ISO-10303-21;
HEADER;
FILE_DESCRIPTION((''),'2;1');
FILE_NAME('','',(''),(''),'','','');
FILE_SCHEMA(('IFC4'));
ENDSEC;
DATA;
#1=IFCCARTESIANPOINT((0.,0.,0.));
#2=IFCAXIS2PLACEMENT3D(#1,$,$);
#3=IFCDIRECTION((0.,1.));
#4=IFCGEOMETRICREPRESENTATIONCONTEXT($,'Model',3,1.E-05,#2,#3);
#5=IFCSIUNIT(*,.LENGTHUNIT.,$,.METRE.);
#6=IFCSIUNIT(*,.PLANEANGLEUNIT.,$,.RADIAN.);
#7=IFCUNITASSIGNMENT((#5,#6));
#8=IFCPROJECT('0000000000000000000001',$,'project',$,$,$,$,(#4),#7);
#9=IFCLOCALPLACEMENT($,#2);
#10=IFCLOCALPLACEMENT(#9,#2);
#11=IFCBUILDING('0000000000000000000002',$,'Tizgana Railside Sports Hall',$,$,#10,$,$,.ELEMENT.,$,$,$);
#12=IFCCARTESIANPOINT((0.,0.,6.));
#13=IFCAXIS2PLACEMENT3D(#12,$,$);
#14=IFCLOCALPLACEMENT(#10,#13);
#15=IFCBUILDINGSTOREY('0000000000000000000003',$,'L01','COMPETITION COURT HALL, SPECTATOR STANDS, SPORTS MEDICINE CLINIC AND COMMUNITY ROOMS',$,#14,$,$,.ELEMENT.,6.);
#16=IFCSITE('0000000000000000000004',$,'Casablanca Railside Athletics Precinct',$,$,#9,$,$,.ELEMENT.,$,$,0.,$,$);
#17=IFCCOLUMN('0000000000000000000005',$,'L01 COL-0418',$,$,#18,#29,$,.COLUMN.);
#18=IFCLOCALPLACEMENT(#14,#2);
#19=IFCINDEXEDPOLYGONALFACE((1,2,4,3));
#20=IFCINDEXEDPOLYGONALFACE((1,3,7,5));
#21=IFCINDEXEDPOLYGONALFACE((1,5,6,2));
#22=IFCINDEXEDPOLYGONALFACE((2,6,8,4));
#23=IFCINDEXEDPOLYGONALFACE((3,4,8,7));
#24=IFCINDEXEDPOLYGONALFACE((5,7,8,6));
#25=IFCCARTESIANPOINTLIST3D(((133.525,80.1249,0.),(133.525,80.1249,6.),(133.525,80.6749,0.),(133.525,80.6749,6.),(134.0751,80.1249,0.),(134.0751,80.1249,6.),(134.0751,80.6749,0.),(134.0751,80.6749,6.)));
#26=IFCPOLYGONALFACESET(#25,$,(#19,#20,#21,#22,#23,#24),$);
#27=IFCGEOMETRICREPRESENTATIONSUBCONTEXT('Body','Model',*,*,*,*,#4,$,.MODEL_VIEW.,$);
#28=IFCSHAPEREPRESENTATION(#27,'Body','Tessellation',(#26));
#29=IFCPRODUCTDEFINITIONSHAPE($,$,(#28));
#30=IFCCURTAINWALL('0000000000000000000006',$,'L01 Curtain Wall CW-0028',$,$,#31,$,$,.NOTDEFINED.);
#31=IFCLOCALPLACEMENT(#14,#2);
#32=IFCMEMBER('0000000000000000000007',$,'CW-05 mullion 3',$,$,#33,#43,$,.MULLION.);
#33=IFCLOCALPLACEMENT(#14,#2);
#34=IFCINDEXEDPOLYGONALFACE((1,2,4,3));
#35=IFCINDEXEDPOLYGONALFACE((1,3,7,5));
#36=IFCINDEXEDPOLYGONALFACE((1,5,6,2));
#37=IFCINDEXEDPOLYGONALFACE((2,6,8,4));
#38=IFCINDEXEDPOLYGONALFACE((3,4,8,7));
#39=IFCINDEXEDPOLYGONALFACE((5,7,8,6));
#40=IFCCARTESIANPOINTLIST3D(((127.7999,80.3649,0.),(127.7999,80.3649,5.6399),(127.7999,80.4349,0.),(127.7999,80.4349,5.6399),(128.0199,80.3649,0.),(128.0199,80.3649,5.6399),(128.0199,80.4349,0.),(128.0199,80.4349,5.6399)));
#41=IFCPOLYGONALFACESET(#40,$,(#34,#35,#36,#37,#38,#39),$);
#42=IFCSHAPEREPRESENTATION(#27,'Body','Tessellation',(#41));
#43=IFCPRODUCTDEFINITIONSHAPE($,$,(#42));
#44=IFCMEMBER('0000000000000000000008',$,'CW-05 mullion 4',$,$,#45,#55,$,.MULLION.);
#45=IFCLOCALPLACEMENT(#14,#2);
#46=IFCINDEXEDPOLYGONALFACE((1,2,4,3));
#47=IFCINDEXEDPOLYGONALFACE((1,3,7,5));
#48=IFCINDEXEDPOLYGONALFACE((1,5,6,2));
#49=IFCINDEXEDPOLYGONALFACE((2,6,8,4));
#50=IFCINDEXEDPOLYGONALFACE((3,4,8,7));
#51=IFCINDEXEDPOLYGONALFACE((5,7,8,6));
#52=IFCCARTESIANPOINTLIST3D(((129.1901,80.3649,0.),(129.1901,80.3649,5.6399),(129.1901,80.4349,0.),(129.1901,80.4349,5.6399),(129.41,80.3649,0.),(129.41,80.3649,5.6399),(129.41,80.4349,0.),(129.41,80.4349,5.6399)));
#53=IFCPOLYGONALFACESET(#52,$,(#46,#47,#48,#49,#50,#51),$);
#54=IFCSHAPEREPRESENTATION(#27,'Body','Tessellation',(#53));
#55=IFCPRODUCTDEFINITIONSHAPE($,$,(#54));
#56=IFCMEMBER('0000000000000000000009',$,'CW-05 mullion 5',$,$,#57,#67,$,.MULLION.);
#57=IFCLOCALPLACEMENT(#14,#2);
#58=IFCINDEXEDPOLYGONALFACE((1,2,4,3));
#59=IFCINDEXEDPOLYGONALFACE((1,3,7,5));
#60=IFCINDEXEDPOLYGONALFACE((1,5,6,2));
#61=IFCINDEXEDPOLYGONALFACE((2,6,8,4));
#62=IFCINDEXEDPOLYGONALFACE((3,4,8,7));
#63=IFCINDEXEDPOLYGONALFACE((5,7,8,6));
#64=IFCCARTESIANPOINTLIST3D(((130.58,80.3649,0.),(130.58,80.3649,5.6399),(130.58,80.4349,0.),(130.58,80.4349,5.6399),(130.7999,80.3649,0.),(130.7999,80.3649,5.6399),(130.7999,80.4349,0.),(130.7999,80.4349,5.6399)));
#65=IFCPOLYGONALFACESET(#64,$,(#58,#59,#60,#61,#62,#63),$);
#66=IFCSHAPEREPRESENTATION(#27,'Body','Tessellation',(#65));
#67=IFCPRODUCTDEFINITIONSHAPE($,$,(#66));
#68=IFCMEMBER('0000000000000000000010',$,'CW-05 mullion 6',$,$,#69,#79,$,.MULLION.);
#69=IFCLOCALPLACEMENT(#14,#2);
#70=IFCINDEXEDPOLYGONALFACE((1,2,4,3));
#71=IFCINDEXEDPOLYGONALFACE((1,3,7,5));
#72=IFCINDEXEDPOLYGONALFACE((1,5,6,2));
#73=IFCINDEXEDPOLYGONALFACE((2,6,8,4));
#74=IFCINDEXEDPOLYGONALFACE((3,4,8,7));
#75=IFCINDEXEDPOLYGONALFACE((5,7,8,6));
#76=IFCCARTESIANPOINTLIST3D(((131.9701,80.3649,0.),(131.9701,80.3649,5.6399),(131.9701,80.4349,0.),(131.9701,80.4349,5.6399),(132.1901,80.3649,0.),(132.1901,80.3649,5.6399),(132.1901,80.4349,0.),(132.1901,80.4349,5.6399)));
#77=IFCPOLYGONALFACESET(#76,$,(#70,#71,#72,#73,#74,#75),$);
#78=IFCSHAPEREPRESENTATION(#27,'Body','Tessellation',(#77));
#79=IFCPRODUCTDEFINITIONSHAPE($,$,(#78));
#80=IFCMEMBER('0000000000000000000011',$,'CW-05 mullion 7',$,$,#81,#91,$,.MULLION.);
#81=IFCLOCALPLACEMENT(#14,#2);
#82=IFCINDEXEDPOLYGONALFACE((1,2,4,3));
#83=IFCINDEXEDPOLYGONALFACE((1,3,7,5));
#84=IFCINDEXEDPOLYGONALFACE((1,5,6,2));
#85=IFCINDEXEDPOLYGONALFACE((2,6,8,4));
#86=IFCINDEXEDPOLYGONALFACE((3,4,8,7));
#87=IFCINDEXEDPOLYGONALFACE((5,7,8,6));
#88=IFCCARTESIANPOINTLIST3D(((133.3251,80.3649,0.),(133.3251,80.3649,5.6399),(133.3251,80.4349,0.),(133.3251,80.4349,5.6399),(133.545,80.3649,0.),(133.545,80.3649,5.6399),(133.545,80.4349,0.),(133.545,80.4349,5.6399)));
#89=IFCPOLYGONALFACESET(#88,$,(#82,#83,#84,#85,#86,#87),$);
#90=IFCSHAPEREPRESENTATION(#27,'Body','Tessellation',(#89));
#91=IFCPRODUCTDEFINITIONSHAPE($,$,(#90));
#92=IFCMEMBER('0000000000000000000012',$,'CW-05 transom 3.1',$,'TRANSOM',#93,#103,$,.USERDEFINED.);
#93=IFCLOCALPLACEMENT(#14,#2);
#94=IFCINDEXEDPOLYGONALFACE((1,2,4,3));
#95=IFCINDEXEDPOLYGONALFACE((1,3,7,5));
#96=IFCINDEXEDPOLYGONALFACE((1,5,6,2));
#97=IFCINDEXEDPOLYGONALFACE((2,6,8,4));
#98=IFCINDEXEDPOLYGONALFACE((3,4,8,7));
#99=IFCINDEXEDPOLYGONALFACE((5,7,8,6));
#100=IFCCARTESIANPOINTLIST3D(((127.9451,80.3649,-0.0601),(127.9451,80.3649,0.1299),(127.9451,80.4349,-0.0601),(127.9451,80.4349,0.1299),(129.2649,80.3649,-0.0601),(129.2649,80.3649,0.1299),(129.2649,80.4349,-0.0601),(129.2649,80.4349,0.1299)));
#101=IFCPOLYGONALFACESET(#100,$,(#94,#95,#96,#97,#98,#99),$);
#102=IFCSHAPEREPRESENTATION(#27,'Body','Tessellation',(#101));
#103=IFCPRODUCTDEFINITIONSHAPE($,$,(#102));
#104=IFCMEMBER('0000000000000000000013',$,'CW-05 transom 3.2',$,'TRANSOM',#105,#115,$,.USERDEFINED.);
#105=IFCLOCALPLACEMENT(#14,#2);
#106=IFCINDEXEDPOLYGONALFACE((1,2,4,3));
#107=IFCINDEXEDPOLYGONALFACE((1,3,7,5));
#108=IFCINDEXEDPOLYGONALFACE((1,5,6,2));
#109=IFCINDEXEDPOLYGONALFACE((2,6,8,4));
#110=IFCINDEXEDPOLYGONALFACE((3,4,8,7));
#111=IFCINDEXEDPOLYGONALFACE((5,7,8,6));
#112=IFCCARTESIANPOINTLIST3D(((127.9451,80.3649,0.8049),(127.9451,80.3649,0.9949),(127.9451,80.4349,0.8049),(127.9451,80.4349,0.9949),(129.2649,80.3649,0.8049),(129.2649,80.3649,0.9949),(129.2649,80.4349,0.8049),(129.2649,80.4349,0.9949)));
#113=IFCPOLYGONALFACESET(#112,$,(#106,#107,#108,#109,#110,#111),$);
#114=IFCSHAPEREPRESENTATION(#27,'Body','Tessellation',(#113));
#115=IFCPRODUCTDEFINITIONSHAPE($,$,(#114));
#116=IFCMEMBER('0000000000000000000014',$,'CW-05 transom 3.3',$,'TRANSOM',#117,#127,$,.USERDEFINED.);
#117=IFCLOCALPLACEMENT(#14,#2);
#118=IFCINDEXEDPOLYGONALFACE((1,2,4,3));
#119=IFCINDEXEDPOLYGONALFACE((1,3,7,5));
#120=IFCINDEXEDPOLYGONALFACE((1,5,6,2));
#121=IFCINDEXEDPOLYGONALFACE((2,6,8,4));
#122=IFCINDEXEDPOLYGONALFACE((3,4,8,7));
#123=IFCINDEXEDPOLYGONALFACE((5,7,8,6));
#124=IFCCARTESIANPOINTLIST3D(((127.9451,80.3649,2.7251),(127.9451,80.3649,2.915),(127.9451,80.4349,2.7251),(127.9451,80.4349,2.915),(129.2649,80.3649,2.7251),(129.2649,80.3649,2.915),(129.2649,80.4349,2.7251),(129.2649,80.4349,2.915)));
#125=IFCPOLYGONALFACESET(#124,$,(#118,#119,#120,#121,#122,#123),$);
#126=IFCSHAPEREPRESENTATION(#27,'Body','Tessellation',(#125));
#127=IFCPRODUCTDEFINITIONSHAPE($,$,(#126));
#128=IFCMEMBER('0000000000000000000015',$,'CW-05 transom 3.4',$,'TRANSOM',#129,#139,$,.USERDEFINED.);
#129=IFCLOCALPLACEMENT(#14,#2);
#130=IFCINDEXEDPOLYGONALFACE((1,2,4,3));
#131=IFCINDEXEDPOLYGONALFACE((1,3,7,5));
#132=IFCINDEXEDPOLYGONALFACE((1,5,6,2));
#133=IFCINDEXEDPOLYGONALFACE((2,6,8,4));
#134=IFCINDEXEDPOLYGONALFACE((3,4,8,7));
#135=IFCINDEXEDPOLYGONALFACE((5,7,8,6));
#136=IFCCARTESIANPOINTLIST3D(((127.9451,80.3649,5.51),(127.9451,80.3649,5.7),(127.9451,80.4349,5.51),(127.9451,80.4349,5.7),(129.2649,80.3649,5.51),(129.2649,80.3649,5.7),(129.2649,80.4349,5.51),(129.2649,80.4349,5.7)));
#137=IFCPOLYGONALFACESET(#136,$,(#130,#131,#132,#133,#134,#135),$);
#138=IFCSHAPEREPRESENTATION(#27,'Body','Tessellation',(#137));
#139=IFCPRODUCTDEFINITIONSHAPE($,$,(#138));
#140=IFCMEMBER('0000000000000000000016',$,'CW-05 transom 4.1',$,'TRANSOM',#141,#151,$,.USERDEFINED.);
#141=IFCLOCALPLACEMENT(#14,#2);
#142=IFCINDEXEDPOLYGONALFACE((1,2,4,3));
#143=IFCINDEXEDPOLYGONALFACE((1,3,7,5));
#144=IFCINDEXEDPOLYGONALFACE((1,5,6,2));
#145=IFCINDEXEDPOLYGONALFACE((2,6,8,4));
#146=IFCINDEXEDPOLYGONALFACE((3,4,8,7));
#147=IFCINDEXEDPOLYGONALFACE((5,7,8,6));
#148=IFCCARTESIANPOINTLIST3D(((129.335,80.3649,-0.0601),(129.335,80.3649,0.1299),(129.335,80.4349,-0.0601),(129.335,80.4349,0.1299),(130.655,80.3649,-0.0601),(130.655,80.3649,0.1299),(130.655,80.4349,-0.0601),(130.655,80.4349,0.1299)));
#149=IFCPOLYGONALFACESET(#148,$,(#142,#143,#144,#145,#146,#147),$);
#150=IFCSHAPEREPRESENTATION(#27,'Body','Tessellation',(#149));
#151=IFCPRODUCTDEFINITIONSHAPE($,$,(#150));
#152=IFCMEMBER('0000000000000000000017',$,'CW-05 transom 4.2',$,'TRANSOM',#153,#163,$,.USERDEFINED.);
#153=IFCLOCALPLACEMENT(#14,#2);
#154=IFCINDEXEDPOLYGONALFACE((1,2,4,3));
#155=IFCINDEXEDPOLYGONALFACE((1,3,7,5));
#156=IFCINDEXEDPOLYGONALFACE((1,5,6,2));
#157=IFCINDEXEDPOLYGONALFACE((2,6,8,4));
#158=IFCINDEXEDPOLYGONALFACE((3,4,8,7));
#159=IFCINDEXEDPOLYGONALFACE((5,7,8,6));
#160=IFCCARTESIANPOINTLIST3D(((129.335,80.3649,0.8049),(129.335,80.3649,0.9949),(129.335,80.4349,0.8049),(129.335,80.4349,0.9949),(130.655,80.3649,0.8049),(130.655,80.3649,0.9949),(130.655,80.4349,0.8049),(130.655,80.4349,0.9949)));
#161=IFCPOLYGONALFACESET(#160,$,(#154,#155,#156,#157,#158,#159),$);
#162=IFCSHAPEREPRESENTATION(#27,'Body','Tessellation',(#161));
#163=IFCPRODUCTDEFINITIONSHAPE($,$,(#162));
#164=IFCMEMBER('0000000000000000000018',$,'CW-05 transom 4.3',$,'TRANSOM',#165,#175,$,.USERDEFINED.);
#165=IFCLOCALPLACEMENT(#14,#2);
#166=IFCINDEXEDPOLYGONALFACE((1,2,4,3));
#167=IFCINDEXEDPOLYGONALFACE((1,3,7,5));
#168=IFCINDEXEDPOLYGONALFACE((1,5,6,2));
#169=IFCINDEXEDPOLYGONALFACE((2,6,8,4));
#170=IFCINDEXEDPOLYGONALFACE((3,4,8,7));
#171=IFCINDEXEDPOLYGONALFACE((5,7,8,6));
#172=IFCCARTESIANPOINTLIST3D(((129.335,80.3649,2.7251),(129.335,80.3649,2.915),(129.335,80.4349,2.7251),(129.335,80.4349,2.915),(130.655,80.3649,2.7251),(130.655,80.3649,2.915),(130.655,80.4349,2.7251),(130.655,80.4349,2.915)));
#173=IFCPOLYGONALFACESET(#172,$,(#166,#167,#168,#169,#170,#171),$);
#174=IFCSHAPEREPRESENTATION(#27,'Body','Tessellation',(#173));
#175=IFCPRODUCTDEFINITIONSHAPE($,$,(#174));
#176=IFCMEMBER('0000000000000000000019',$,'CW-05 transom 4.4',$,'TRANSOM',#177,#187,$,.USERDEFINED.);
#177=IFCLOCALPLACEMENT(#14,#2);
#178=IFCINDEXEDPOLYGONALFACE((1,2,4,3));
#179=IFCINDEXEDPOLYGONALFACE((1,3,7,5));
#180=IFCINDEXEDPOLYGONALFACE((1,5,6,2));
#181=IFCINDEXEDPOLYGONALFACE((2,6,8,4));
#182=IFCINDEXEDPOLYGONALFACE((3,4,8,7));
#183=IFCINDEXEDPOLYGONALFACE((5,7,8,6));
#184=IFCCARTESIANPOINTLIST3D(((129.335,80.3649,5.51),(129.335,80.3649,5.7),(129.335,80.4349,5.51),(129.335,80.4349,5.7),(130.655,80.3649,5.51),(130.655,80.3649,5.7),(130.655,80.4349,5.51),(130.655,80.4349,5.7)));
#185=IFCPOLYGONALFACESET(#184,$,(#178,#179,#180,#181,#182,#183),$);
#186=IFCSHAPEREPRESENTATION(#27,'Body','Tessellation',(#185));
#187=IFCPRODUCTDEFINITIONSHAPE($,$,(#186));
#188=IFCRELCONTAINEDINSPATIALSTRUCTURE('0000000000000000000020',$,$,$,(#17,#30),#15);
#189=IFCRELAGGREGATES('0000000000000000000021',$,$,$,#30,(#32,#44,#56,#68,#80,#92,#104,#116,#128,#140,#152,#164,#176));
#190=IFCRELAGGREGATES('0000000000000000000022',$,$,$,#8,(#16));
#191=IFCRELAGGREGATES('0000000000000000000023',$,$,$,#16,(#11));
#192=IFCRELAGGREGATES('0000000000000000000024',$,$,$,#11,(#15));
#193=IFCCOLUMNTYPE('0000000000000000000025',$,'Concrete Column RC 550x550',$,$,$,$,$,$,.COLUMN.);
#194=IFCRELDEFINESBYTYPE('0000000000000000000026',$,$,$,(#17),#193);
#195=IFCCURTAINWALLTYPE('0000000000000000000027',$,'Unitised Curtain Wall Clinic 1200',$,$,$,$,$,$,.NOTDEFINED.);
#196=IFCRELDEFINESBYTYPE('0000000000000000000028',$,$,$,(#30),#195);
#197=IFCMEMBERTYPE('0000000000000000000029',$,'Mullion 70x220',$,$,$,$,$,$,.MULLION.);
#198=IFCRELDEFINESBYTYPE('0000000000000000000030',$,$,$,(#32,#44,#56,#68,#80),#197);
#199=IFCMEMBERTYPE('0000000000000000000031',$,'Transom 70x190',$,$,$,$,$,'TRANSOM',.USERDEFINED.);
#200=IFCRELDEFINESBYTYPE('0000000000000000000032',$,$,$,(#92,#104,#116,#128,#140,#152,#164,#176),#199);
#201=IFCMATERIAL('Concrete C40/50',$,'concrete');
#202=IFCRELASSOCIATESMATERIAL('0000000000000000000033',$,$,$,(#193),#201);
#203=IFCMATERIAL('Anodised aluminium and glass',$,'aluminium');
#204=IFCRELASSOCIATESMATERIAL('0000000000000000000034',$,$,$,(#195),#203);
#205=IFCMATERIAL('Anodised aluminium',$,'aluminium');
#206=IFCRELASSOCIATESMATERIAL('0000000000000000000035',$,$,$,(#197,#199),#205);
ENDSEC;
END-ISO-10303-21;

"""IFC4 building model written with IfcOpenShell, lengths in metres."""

from ifc_helpers import new_model, si_unit, direction, frame, origin, origin_2d, place, context, subcontext, project, spatial, rectangle, extrude, material, material_profile, profile_set, type_object, element, aggregate, save


model = new_model("IFC4")

# Units and contexts
model_context = context("Model", 3, precision=1e-05, world=origin(), true_north=direction((0.0, 1.0)))
body_context = subcontext(model_context, "Body", "Model", "MODEL_VIEW")
ifc_project = project(units=[si_unit("LENGTHUNIT", "METRE"), si_unit("PLANEANGLEUNIT", "RADIAN")], contexts=[model_context])

# Site, building, storey
site_placement = place(None, origin())
site = spatial("IfcSite", under=ifc_project, at=site_placement, Name="Casablanca Railside Athletics Precinct", CompositionType="ELEMENT", RefElevation=0.0)
building_placement = place(site_placement, origin())
building = spatial("IfcBuilding", under=site, at=building_placement, Name="Tizgana Railside Sports Hall", CompositionType="ELEMENT")
storey_placement = place(building_placement, frame((0.0, 0.0, 6.0)))
storey = spatial("IfcBuildingStorey", under=building, at=storey_placement, Name="L01", Description="COMPETITION COURT HALL, SPECTATOR STANDS, SPORTS MEDICINE CLINIC AND COMMUNITY ROOMS", CompositionType="ELEMENT", Elevation=6.0)

# Column
ifc_material_1 = material(Name="Concrete C40/50", Category="concrete")
ifc_material_profile_1 = material_profile(ifc_material_1, rectangle(XDim=0.55, YDim=0.55, at=origin_2d()), Name="RC 550x550")
ifc_profile_set_1 = profile_set([ifc_material_profile_1], Name="Concrete C40/50")
column_type = type_object("IfcColumnType", Name="Concrete Column RC 550x550", PredefinedType="COLUMN", material=ifc_profile_set_1)
column_placement = place(storey_placement, frame((133.8, 80.3999, 0.0), z_axis=(0.0, 0.0, 1.0), x_axis=(1.0, 0.0, 0.0)))
element("IfcColumn", 1, at=column_placement, inside=storey, type_object=column_type, Name="L01 COL-0418", PredefinedType="COLUMN", context=body_context, shape_type="SweptSolid", body=[
    extrude(rectangle(XDim=0.55, YDim=0.55, at=origin_2d()), origin(), (0.0, 0.0, 1.0), 6.0),
])

# Curtain wall, members
ifc_material_2 = material(Name="Anodised aluminium and glass", Category="aluminium")
curtain_wall_type = type_object("IfcCurtainWallType", Name="Unitised Curtain Wall Clinic 1200", PredefinedType="NOTDEFINED", material=ifc_material_2)
curtain_wall_placement = place(storey_placement, origin())
curtain_wall = element("IfcCurtainWall", 2, at=curtain_wall_placement, inside=storey, type_object=curtain_wall_type, Name="L01 Curtain Wall CW-0028", PredefinedType="NOTDEFINED")
ifc_material_3 = material(Name="Anodised aluminium", Category="aluminium")
ifc_material_profile_2 = material_profile(ifc_material_3, rectangle(XDim=0.0701, YDim=0.22, at=origin_2d()), Name="Mullion 70x220")
ifc_profile_set_2 = profile_set([ifc_material_profile_2], Name="Anodised aluminium")
member_type_1 = type_object("IfcMemberType", Name="Mullion 70x220", PredefinedType="MULLION", material=ifc_profile_set_2)
member_1_placement = place(storey_placement, frame((127.9099, 80.3999, 0.0), z_axis=(0.0, 0.0, 1.0), x_axis=(0.0, 1.0, 0.0)))
member_1 = element("IfcMember", 3, at=member_1_placement, type_object=member_type_1, Name="CW-05 mullion 3", PredefinedType="MULLION", context=body_context, shape_type="SweptSolid", body=[
    extrude(rectangle(XDim=0.0701, YDim=0.22, at=origin_2d()), origin(), (0.0, 0.0, 1.0), 5.6399),
])
member_2_placement = place(storey_placement, frame((129.3, 80.3999, 0.0), z_axis=(0.0, 0.0, 1.0), x_axis=(0.0, 1.0, 0.0)))
member_2 = element("IfcMember", 4, at=member_2_placement, type_object=member_type_1, Name="CW-05 mullion 4", PredefinedType="MULLION", context=body_context, shape_type="SweptSolid", body=[
    extrude(rectangle(XDim=0.0701, YDim=0.22, at=origin_2d()), origin(), (0.0, 0.0, 1.0), 5.6399),
])
member_3_placement = place(storey_placement, frame((130.6899, 80.3999, 0.0), z_axis=(0.0, 0.0, 1.0), x_axis=(0.0, 1.0, 0.0)))
member_3 = element("IfcMember", 5, at=member_3_placement, type_object=member_type_1, Name="CW-05 mullion 5", PredefinedType="MULLION", context=body_context, shape_type="SweptSolid", body=[
    extrude(rectangle(XDim=0.0701, YDim=0.22, at=origin_2d()), origin(), (0.0, 0.0, 1.0), 5.6399),
])
member_4_placement = place(storey_placement, frame((132.0801, 80.3999, 0.0), z_axis=(0.0, 0.0, 1.0), x_axis=(0.0, 1.0, 0.0)))
member_4 = element("IfcMember", 6, at=member_4_placement, type_object=member_type_1, Name="CW-05 mullion 6", PredefinedType="MULLION", context=body_context, shape_type="SweptSolid", body=[
    extrude(rectangle(XDim=0.0701, YDim=0.22, at=origin_2d()), origin(), (0.0, 0.0, 1.0), 5.6399),
])
member_5_placement = place(storey_placement, frame((133.4351, 80.3999, 0.0), z_axis=(0.0, 0.0, 1.0), x_axis=(0.0, 1.0, 0.0)))
member_5 = element("IfcMember", 7, at=member_5_placement, type_object=member_type_1, Name="CW-05 mullion 7", PredefinedType="MULLION", context=body_context, shape_type="SweptSolid", body=[
    extrude(rectangle(XDim=0.0701, YDim=0.22, at=origin_2d()), origin(), (0.0, 0.0, 1.0), 5.6399),
])
ifc_material_profile_3 = material_profile(ifc_material_3, rectangle(XDim=0.0701, YDim=0.1899, at=origin_2d()), Name="Transom 70x190")
ifc_profile_set_3 = profile_set([ifc_material_profile_3], Name="Anodised aluminium")
member_type_2 = type_object("IfcMemberType", Name="Transom 70x190", ElementType="TRANSOM", PredefinedType="USERDEFINED", material=ifc_profile_set_3)
member_6_placement = place(storey_placement, frame((127.9451, 80.3999, 0.0349), z_axis=(1.0, 0.0, 0.0), x_axis=(0.0, 1.0, 0.0)))
member_6 = element("IfcMember", 8, at=member_6_placement, type_object=member_type_2, Name="CW-05 transom 3.1", ObjectType="TRANSOM", PredefinedType="USERDEFINED", context=body_context, shape_type="SweptSolid", body=[
    extrude(rectangle(XDim=0.0701, YDim=0.1899, at=origin_2d()), origin(), (0.0, 0.0, 1.0), 1.3198),
])
member_7_placement = place(storey_placement, frame((127.9451, 80.3999, 0.8999), z_axis=(1.0, 0.0, 0.0), x_axis=(0.0, 1.0, 0.0)))
member_7 = element("IfcMember", 9, at=member_7_placement, type_object=member_type_2, Name="CW-05 transom 3.2", ObjectType="TRANSOM", PredefinedType="USERDEFINED", context=body_context, shape_type="SweptSolid", body=[
    extrude(rectangle(XDim=0.0701, YDim=0.1899, at=origin_2d()), origin(), (0.0, 0.0, 1.0), 1.3198),
])
member_8_placement = place(storey_placement, frame((127.9451, 80.3999, 2.8201), z_axis=(1.0, 0.0, 0.0), x_axis=(0.0, 1.0, 0.0)))
member_8 = element("IfcMember", 10, at=member_8_placement, type_object=member_type_2, Name="CW-05 transom 3.3", ObjectType="TRANSOM", PredefinedType="USERDEFINED", context=body_context, shape_type="SweptSolid", body=[
    extrude(rectangle(XDim=0.0701, YDim=0.1899, at=origin_2d()), origin(), (0.0, 0.0, 1.0), 1.3198),
])
member_9_placement = place(storey_placement, frame((127.9451, 80.3999, 5.605), z_axis=(1.0, 0.0, 0.0), x_axis=(0.0, 1.0, 0.0)))
member_9 = element("IfcMember", 11, at=member_9_placement, type_object=member_type_2, Name="CW-05 transom 3.4", ObjectType="TRANSOM", PredefinedType="USERDEFINED", context=body_context, shape_type="SweptSolid", body=[
    extrude(rectangle(XDim=0.0701, YDim=0.1899, at=origin_2d()), origin(), (0.0, 0.0, 1.0), 1.3198),
])
member_10_placement = place(storey_placement, frame((129.335, 80.3999, 0.0349), z_axis=(1.0, 0.0, 0.0), x_axis=(0.0, 1.0, 0.0)))
member_10 = element("IfcMember", 12, at=member_10_placement, type_object=member_type_2, Name="CW-05 transom 4.1", ObjectType="TRANSOM", PredefinedType="USERDEFINED", context=body_context, shape_type="SweptSolid", body=[
    extrude(rectangle(XDim=0.0701, YDim=0.1899, at=origin_2d()), origin(), (0.0, 0.0, 1.0), 1.3201),
])
member_11_placement = place(storey_placement, frame((129.335, 80.3999, 0.8999), z_axis=(1.0, 0.0, 0.0), x_axis=(0.0, 1.0, 0.0)))
member_11 = element("IfcMember", 13, at=member_11_placement, type_object=member_type_2, Name="CW-05 transom 4.2", ObjectType="TRANSOM", PredefinedType="USERDEFINED", context=body_context, shape_type="SweptSolid", body=[
    extrude(rectangle(XDim=0.0701, YDim=0.1899, at=origin_2d()), origin(), (0.0, 0.0, 1.0), 1.3201),
])
member_12_placement = place(storey_placement, frame((129.335, 80.3999, 2.8201), z_axis=(1.0, 0.0, 0.0), x_axis=(0.0, 1.0, 0.0)))
member_12 = element("IfcMember", 14, at=member_12_placement, type_object=member_type_2, Name="CW-05 transom 4.3", ObjectType="TRANSOM", PredefinedType="USERDEFINED", context=body_context, shape_type="SweptSolid", body=[
    extrude(rectangle(XDim=0.0701, YDim=0.1899, at=origin_2d()), origin(), (0.0, 0.0, 1.0), 1.3201),
])
member_13_placement = place(storey_placement, frame((129.335, 80.3999, 5.605), z_axis=(1.0, 0.0, 0.0), x_axis=(0.0, 1.0, 0.0)))
member_13 = element("IfcMember", 15, at=member_13_placement, type_object=member_type_2, Name="CW-05 transom 4.4", ObjectType="TRANSOM", PredefinedType="USERDEFINED", context=body_context, shape_type="SweptSolid", body=[
    extrude(rectangle(XDim=0.0701, YDim=0.1899, at=origin_2d()), origin(), (0.0, 0.0, 1.0), 1.3201),
])
aggregate(curtain_wall, [member_1, member_2, member_3, member_4, member_5, member_6, member_7, member_8, member_9, member_10, member_11, member_12, member_13])

save(model, "model.ifc")
